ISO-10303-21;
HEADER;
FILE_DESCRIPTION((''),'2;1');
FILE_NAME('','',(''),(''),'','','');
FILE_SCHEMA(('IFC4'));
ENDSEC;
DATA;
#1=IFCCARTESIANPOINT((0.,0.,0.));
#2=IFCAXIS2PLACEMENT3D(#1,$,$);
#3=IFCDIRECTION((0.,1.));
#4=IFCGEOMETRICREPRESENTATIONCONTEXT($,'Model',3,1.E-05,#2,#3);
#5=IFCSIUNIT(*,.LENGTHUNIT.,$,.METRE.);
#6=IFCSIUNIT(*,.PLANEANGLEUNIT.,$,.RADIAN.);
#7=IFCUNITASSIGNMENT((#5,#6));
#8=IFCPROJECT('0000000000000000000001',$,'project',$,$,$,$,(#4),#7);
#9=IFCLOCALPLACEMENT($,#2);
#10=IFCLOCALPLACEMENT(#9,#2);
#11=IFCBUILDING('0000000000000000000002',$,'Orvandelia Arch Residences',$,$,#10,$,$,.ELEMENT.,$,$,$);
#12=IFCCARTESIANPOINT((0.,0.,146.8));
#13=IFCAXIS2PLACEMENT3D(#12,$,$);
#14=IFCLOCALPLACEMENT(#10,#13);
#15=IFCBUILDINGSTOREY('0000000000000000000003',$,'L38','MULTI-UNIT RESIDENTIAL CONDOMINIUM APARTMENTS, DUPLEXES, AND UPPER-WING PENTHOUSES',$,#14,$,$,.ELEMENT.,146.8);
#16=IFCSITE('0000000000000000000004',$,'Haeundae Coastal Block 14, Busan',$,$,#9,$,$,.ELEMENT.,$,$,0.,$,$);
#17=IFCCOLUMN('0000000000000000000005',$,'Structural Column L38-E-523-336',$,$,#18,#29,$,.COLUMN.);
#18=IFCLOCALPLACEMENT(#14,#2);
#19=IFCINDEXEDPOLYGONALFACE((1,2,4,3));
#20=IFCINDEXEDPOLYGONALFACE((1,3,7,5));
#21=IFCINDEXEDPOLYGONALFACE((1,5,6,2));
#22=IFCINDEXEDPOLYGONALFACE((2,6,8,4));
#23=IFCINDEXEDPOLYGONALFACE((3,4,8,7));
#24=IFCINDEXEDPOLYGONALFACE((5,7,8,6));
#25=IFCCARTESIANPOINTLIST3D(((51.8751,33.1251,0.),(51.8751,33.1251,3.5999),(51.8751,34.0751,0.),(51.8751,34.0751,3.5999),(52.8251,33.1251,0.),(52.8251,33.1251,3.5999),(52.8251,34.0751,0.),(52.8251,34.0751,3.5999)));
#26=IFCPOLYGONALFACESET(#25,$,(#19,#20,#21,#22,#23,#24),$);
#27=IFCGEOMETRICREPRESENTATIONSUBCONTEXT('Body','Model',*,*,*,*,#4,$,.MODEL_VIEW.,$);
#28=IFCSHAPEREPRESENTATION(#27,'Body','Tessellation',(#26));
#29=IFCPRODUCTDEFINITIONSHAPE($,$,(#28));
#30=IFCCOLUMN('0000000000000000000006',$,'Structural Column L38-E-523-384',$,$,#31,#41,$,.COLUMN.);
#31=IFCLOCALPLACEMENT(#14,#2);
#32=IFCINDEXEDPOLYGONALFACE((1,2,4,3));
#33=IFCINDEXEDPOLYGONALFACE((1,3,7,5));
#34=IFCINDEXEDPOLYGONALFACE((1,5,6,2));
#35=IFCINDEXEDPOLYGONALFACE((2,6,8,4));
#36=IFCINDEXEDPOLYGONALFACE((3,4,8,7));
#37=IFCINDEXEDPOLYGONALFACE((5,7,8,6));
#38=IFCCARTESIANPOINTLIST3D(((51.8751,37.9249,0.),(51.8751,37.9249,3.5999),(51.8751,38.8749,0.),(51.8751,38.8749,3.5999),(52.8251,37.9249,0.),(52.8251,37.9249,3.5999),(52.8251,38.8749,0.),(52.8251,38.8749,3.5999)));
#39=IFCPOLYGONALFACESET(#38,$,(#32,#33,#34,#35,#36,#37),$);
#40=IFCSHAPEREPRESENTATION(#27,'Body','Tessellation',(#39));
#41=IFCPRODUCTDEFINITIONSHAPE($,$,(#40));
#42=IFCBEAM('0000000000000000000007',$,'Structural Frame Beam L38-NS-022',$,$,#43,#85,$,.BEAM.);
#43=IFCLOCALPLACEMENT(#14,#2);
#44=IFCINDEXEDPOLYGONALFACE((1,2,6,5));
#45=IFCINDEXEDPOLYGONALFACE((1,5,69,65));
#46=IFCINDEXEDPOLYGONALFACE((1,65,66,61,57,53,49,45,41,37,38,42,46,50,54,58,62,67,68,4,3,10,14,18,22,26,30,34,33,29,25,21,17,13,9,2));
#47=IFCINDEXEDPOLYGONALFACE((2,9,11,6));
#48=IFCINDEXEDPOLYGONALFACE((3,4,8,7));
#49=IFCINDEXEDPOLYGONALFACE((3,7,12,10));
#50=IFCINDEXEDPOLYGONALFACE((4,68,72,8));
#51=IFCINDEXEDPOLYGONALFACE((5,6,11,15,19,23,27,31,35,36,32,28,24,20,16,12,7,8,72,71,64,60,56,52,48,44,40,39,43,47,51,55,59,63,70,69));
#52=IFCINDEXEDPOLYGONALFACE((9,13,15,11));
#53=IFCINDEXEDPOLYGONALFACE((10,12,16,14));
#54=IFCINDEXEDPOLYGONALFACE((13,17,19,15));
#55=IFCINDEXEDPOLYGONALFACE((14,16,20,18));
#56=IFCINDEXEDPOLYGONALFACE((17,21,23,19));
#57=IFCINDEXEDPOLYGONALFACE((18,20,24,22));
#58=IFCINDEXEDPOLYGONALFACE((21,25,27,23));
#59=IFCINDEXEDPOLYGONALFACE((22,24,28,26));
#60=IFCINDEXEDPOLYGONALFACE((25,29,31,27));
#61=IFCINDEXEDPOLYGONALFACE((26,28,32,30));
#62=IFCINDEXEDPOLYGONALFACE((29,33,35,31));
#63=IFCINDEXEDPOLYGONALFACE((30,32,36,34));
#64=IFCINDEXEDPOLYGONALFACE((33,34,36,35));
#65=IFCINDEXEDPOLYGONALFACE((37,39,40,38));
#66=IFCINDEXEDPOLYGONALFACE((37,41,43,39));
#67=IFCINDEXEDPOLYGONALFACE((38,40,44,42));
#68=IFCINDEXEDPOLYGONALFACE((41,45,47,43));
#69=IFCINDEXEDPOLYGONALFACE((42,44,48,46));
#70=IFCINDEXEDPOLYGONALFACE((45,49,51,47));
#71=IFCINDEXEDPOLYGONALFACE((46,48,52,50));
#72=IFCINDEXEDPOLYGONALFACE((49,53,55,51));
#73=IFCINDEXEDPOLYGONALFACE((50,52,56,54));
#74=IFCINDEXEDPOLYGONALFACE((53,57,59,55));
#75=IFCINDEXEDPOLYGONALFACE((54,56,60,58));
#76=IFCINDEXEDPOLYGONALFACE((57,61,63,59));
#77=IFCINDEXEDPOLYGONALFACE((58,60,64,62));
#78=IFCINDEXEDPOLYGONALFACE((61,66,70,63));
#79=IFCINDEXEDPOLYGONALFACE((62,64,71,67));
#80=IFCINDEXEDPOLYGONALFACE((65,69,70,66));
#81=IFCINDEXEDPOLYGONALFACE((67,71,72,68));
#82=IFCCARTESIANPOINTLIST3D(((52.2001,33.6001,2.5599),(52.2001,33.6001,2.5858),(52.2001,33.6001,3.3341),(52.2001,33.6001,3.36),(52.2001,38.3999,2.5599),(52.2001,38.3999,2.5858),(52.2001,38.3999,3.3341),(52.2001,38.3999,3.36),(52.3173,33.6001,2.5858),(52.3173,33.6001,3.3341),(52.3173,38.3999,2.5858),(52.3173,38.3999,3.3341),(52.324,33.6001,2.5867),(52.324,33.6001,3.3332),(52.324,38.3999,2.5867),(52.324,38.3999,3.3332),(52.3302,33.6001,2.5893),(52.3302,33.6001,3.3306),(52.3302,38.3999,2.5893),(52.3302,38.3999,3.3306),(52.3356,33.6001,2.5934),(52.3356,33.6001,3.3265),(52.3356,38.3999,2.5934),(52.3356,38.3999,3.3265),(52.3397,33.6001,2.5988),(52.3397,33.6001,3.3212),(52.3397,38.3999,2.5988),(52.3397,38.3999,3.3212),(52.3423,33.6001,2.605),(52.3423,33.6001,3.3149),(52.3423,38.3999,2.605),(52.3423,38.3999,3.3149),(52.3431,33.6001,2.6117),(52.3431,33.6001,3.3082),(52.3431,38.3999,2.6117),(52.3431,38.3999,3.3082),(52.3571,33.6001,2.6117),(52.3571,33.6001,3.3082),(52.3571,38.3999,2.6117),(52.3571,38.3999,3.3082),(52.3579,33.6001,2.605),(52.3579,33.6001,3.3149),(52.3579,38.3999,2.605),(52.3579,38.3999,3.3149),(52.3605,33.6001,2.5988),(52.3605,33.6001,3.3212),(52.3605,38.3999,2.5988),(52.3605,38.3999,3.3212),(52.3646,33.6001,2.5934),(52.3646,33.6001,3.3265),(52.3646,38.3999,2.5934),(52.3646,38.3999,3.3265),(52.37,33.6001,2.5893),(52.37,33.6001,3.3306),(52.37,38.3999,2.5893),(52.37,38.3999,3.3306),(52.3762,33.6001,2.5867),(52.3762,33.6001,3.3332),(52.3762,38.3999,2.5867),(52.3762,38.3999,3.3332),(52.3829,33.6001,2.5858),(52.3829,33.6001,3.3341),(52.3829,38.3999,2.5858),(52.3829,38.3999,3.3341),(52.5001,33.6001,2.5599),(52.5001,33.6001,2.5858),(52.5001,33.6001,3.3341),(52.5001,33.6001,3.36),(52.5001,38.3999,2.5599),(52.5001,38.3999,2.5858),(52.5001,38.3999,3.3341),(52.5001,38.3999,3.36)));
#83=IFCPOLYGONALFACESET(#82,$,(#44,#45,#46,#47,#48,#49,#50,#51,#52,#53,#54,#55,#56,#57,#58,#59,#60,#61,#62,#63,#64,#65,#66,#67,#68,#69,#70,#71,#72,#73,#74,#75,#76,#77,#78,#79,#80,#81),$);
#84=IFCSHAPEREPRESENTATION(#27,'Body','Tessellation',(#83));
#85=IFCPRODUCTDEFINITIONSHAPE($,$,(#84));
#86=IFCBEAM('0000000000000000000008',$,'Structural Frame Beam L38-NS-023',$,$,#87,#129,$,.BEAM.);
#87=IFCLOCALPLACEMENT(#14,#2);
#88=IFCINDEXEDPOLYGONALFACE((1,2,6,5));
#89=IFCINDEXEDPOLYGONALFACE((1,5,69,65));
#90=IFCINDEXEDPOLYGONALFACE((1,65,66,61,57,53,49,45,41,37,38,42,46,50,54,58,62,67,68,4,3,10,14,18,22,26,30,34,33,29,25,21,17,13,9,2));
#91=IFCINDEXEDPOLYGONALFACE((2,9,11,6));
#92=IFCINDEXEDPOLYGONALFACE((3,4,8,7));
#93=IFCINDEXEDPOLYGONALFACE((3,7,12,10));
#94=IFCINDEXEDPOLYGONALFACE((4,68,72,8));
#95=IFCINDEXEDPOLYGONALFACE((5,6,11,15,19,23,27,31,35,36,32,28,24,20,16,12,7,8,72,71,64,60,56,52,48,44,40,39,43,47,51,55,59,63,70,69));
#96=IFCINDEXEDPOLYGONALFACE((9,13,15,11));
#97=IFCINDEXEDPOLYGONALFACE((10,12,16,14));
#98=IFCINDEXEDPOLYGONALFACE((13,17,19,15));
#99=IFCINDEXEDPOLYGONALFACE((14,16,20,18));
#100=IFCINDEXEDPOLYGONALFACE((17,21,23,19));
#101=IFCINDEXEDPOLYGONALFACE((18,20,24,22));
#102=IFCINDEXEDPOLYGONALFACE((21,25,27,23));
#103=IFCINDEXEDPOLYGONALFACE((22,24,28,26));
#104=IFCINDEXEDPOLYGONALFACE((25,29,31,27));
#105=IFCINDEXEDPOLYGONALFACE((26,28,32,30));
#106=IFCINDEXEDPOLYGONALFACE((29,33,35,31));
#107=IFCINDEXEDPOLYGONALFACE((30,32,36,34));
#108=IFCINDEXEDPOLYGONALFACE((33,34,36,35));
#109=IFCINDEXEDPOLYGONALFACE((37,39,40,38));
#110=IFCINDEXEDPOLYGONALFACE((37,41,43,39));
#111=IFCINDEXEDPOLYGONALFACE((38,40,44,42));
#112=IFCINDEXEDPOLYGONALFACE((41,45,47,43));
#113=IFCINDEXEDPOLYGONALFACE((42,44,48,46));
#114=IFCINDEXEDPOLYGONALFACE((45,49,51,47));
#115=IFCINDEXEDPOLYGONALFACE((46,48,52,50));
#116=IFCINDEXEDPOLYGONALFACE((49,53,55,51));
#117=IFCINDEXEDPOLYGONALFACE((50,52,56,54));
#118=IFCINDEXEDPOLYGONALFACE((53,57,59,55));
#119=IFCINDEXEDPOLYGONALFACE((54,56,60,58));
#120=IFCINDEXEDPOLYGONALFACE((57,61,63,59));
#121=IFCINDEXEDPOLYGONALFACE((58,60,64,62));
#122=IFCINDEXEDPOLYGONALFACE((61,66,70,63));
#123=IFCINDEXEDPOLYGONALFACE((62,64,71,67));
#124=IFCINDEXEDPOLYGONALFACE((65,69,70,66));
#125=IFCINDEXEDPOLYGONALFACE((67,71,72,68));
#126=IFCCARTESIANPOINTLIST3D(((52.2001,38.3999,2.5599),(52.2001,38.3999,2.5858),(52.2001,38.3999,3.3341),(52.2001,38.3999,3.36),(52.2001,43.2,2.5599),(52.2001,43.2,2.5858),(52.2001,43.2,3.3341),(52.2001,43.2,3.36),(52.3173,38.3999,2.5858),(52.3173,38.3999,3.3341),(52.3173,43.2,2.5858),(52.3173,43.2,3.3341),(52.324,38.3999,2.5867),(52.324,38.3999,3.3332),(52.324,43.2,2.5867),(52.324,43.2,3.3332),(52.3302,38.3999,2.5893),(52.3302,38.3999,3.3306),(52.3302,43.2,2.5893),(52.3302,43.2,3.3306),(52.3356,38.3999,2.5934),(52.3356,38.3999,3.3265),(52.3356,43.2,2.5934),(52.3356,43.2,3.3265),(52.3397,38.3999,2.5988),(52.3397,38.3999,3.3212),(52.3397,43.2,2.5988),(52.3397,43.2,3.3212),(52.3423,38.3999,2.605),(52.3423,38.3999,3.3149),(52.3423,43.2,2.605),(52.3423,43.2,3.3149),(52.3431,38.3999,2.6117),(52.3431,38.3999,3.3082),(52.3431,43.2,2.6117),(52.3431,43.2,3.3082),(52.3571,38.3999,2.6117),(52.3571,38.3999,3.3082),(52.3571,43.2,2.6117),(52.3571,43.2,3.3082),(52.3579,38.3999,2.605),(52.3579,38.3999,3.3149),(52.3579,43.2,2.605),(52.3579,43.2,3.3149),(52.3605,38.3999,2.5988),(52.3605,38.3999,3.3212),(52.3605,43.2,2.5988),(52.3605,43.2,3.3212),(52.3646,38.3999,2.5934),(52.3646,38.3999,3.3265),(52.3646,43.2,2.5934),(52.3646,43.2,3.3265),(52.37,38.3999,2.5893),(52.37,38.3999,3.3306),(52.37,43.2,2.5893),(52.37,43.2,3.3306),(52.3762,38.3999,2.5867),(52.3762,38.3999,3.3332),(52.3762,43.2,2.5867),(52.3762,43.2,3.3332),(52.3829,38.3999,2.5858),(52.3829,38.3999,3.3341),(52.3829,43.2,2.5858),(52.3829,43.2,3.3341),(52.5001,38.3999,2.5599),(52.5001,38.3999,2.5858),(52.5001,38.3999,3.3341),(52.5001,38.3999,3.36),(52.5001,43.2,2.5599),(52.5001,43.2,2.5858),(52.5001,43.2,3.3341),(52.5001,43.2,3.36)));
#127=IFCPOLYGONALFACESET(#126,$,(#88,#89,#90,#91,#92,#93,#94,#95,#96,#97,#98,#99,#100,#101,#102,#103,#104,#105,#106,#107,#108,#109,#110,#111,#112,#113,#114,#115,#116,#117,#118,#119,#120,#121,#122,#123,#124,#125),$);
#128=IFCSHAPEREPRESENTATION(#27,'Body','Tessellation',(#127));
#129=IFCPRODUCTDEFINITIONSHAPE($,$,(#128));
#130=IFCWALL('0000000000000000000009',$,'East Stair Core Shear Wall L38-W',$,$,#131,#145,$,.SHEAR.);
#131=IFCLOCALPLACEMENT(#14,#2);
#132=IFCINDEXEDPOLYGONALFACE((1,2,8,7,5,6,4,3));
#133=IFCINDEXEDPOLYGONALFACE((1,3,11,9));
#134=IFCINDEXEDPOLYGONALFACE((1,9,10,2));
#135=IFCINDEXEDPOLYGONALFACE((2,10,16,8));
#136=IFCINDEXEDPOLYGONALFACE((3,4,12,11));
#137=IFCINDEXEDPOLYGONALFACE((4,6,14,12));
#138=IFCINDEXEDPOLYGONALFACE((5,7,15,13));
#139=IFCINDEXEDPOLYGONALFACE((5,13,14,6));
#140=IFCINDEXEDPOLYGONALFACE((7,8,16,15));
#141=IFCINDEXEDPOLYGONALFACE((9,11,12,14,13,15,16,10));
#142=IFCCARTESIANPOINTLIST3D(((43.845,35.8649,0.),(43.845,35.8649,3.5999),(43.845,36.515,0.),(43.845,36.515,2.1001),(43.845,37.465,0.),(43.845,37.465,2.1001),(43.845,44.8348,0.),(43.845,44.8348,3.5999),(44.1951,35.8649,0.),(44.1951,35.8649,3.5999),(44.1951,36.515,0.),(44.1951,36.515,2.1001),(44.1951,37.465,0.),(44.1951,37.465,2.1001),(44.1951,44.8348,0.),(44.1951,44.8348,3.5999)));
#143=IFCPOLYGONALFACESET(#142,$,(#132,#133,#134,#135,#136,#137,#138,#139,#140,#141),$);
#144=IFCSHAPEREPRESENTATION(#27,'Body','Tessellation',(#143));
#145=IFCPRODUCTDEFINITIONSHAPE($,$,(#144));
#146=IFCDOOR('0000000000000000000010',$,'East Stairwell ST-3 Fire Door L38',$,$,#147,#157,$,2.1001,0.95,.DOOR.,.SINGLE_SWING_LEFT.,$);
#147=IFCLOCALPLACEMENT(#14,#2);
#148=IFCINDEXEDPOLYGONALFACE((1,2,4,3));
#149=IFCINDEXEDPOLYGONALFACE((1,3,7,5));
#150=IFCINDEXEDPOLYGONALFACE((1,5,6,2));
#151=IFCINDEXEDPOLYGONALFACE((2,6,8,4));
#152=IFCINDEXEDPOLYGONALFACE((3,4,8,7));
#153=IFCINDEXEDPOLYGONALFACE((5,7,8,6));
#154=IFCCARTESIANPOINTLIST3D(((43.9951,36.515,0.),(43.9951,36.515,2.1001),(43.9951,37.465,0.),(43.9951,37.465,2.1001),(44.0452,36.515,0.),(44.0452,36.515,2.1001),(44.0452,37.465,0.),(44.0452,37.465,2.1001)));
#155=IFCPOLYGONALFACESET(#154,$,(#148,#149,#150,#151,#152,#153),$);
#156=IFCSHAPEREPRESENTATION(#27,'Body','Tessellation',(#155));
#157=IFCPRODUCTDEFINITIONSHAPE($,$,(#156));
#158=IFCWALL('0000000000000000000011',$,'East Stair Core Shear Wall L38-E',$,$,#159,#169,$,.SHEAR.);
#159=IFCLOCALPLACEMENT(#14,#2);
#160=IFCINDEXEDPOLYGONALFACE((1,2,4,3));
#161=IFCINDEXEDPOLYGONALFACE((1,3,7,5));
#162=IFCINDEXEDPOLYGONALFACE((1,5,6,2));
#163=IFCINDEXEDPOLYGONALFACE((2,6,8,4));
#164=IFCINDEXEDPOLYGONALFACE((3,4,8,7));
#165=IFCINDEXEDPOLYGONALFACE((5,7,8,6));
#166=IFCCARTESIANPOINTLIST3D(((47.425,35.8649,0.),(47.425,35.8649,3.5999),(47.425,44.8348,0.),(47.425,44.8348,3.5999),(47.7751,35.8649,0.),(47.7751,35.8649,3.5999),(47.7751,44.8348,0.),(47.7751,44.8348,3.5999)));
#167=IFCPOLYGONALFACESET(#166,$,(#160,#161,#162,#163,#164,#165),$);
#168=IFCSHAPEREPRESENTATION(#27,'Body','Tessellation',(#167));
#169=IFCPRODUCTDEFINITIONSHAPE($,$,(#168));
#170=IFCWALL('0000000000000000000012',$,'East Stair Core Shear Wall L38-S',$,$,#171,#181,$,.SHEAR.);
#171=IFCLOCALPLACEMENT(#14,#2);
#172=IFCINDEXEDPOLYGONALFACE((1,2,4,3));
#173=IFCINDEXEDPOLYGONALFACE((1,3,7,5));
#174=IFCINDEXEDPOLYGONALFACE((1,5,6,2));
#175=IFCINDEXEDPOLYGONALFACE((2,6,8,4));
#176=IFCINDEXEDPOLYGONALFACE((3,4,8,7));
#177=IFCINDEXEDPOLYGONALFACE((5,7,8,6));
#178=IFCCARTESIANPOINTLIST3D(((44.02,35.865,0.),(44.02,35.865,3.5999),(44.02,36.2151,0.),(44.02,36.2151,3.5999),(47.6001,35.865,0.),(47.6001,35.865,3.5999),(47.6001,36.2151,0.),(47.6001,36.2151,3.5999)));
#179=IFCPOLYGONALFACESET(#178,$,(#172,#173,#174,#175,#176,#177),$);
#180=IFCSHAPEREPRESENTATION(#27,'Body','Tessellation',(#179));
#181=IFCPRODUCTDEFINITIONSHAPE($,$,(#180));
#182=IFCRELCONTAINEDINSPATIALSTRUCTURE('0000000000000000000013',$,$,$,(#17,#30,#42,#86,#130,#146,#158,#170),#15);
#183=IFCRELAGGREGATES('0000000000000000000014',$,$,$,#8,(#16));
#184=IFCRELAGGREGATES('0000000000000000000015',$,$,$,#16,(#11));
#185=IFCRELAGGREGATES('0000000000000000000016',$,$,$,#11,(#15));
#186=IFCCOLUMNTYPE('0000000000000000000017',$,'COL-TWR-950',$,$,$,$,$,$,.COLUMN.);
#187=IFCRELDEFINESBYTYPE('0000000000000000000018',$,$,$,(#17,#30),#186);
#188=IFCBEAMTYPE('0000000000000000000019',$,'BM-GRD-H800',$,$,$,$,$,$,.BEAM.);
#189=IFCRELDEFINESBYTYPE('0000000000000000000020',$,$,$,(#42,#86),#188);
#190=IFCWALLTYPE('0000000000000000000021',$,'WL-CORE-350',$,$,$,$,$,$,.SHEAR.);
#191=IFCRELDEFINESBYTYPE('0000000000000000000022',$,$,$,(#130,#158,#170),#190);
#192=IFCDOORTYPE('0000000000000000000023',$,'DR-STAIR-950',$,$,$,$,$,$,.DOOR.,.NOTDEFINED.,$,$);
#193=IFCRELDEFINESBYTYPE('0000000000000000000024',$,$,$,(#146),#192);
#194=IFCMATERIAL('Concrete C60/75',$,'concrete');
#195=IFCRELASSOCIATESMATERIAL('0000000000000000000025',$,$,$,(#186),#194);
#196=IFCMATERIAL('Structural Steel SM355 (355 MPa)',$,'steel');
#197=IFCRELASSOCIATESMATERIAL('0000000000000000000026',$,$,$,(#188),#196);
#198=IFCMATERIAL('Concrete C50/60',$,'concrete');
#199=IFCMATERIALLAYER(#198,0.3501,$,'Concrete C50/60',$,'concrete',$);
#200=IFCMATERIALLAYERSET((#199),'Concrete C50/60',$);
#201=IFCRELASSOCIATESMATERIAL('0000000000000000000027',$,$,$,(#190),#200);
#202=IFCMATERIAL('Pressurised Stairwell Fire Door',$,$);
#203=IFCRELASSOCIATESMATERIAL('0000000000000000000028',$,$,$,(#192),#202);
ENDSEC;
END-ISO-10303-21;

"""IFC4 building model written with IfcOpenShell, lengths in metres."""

from ifc_helpers import new_model, si_unit, direction, frame, frame_2d, origin, origin_2d, place, context, subcontext, project, spatial, rectangle, i_section, extrude, material, layer, layer_set, material_profile, profile_set, type_object, element, fill, save


model = new_model("IFC4")

# Units and contexts
model_context = context("Model", 3, precision=1e-05, world=origin(), true_north=direction((0.0, 1.0)))
body_context = subcontext(model_context, "Body", "Model", "MODEL_VIEW")
ifc_project = project(units=[si_unit("LENGTHUNIT", "METRE"), si_unit("PLANEANGLEUNIT", "RADIAN")], contexts=[model_context])

# Site, building, storey
site_placement = place(None, origin())
site = spatial("IfcSite", under=ifc_project, at=site_placement, Name="Haeundae Coastal Block 14, Busan", CompositionType="ELEMENT", RefElevation=0.0)
building_placement = place(site_placement, origin())
building = spatial("IfcBuilding", under=site, at=building_placement, Name="Orvandelia Arch Residences", CompositionType="ELEMENT")
storey_placement = place(building_placement, frame((0.0, 0.0, 146.8)))
storey = spatial("IfcBuildingStorey", under=building, at=storey_placement, Name="L38", Description="MULTI-UNIT RESIDENTIAL CONDOMINIUM APARTMENTS, DUPLEXES, AND UPPER-WING PENTHOUSES", CompositionType="ELEMENT", Elevation=146.8)

# Columns
ifc_material_1 = material(Name="Concrete C60/75", Category="concrete")
ifc_material_profile_1 = material_profile(ifc_material_1, rectangle(XDim=0.95, YDim=0.95, at=origin_2d()), Name="Concrete C60/75", Category="concrete")
ifc_profile_set_1 = profile_set([ifc_material_profile_1], Name="Concrete C60/75")
column_type = type_object("IfcColumnType", Name="COL-TWR-950", PredefinedType="COLUMN", material=ifc_profile_set_1)
for number, where, z_axis, x_axis, name in (
    (1, (52.3501, 33.6001, 0.0), (0.0, 0.0, 1.0), (1.0, 0.0, 0.0), "Structural Column L38-E-523-336"),
    (2, (52.3501, 38.3999, 0.0), (0.0, 0.0, 1.0), (1.0, 0.0, 0.0), "Structural Column L38-E-523-384"),
):
    element("IfcColumn", number, at=place(storey_placement, frame(where, z_axis=z_axis, x_axis=x_axis)), inside=storey, type_object=column_type, Name=name, PredefinedType="COLUMN", context=body_context, shape_type="SweptSolid", body=[
        extrude(rectangle(XDim=0.95, YDim=0.95, at=origin_2d()), origin(), (0.0, 0.0, 1.0), 3.5999),
    ])

# Beams
ifc_material_2 = material(Name="Structural Steel SM355 (355 MPa)", Category="steel")
ifc_material_profile_2 = material_profile(ifc_material_2, i_section(OverallWidth=0.3, OverallDepth=0.8, WebThickness=0.0139, FlangeThickness=0.0259, FilletRadius=0.0259, at=origin_2d()), Name="Structural Steel SM355 (355 MPa)", Category="steel")
ifc_profile_set_2 = profile_set([ifc_material_profile_2], Name="Structural Steel SM355 (355 MPa)")
beam_type = type_object("IfcBeamType", Name="BM-GRD-H800", PredefinedType="BEAM", material=ifc_profile_set_2)
beam_1_placement = place(storey_placement, frame((52.3501, 33.6001, 2.96), z_axis=(0.0, 1.0, 0.0), x_axis=(-1.0, 0.0, 0.0)))
element("IfcBeam", 3, at=beam_1_placement, inside=storey, type_object=beam_type, Name="Structural Frame Beam L38-NS-022", PredefinedType="BEAM", context=body_context, shape_type="SweptSolid", body=[
    extrude(i_section(OverallWidth=0.3, OverallDepth=0.8, WebThickness=0.0139, FlangeThickness=0.0259, FilletRadius=0.0259, at=origin_2d()), origin(), (0.0, 0.0, 1.0), 4.7998),
])
beam_2_placement = place(storey_placement, frame((52.3501, 38.3999, 2.96), z_axis=(0.0, 1.0, 0.0), x_axis=(-1.0, 0.0, 0.0)))
element("IfcBeam", 4, at=beam_2_placement, inside=storey, type_object=beam_type, Name="Structural Frame Beam L38-NS-023", PredefinedType="BEAM", context=body_context, shape_type="SweptSolid", body=[
    extrude(i_section(OverallWidth=0.3, OverallDepth=0.8, WebThickness=0.0139, FlangeThickness=0.0259, FilletRadius=0.0259, at=origin_2d()), origin(), (0.0, 0.0, 1.0), 4.8),
])

# Wall, opening, door
ifc_material_3 = material(Name="Concrete C50/60", Category="concrete")
ifc_layer_1 = layer(ifc_material_3, 0.3501, Name="Concrete C50/60", Category="concrete")
ifc_layer_set_1 = layer_set([ifc_layer_1], Name="Concrete C50/60")
wall_type_1 = type_object("IfcWallType", Name="WL-CORE-350", PredefinedType="SHEAR", material=ifc_layer_set_1)
wall_1_placement = place(storey_placement, frame((44.02, 35.865, 0.0), z_axis=(0.0, 0.0, 1.0), x_axis=(0.0, 1.0, 0.0)))
wall_1 = element("IfcWall", 5, at=wall_1_placement, inside=storey, type_object=wall_type_1, Name="East Stair Core Shear Wall L38-W", PredefinedType="SHEAR", context=body_context, shape_type="SweptSolid", body=[
    extrude(rectangle(XDim=8.97, YDim=0.3501, at=frame_2d((4.4849, 0.0))), origin(), (0.0, 0.0, 1.0), 3.5999),
])
opening_placement = place(wall_1_placement, frame((0.6499, 0.0, 0.0)))
opening = element("IfcOpeningElement", 6, at=opening_placement, cuts=wall_1, PredefinedType="OPENING", context=body_context, shape_type="SweptSolid", body=[
    extrude(rectangle(XDim=0.95, YDim=2.1001, at=frame_2d((0.4751, 1.05))), frame((0.0, 0.1851, 0.0), z_axis=(0.0, -1.0, 0.0), x_axis=(1.0, 0.0, 0.0)), (0.0, 0.0, 1.0), 0.3701),
])
ifc_material_4 = material(Name="Pressurised Stairwell Fire Door")
door_type = type_object("IfcDoorType", Name="DR-STAIR-950", OperationType="NOTDEFINED", PredefinedType="DOOR", material=ifc_material_4)
door_placement = place(opening_placement, origin())
door = element("IfcDoor", 7, at=door_placement, inside=storey, type_object=door_type, Name="East Stairwell ST-3 Fire Door L38", OperationType="SINGLE_SWING_LEFT", OverallHeight=2.1001, OverallWidth=0.95, PredefinedType="DOOR", context=body_context, shape_type="SweptSolid", body=[
    extrude(rectangle(XDim=0.95, YDim=2.1001, at=frame_2d((0.4751, 1.05))), frame((0.0, 0.0249, 0.0), z_axis=(0.0, -1.0, 0.0), x_axis=(1.0, 0.0, 0.0)), (0.0, 0.0, 1.0), 0.05),
])
fill(opening, door)

# Walls
wall_2_placement = place(storey_placement, frame((47.6001, 35.865, 0.0), z_axis=(0.0, 0.0, 1.0), x_axis=(0.0, 1.0, 0.0)))
element("IfcWall", 8, at=wall_2_placement, inside=storey, type_object=wall_type_1, Name="East Stair Core Shear Wall L38-E", PredefinedType="SHEAR", context=body_context, shape_type="SweptSolid", body=[
    extrude(rectangle(XDim=8.97, YDim=0.3501, at=frame_2d((4.4849, 0.0))), origin(), (0.0, 0.0, 1.0), 3.5999),
])
wall_3_placement = place(storey_placement, frame((44.02, 36.04, 0.0), z_axis=(0.0, 0.0, 1.0), x_axis=(1.0, 0.0, 0.0)))
element("IfcWall", 9, at=wall_3_placement, inside=storey, type_object=wall_type_1, Name="East Stair Core Shear Wall L38-S", PredefinedType="SHEAR", context=body_context, shape_type="SweptSolid", body=[
    extrude(rectangle(XDim=3.5801, YDim=0.3501, at=frame_2d((1.79, 0.0))), origin(), (0.0, 0.0, 1.0), 3.5999),
])

save(model, "model.ifc")
